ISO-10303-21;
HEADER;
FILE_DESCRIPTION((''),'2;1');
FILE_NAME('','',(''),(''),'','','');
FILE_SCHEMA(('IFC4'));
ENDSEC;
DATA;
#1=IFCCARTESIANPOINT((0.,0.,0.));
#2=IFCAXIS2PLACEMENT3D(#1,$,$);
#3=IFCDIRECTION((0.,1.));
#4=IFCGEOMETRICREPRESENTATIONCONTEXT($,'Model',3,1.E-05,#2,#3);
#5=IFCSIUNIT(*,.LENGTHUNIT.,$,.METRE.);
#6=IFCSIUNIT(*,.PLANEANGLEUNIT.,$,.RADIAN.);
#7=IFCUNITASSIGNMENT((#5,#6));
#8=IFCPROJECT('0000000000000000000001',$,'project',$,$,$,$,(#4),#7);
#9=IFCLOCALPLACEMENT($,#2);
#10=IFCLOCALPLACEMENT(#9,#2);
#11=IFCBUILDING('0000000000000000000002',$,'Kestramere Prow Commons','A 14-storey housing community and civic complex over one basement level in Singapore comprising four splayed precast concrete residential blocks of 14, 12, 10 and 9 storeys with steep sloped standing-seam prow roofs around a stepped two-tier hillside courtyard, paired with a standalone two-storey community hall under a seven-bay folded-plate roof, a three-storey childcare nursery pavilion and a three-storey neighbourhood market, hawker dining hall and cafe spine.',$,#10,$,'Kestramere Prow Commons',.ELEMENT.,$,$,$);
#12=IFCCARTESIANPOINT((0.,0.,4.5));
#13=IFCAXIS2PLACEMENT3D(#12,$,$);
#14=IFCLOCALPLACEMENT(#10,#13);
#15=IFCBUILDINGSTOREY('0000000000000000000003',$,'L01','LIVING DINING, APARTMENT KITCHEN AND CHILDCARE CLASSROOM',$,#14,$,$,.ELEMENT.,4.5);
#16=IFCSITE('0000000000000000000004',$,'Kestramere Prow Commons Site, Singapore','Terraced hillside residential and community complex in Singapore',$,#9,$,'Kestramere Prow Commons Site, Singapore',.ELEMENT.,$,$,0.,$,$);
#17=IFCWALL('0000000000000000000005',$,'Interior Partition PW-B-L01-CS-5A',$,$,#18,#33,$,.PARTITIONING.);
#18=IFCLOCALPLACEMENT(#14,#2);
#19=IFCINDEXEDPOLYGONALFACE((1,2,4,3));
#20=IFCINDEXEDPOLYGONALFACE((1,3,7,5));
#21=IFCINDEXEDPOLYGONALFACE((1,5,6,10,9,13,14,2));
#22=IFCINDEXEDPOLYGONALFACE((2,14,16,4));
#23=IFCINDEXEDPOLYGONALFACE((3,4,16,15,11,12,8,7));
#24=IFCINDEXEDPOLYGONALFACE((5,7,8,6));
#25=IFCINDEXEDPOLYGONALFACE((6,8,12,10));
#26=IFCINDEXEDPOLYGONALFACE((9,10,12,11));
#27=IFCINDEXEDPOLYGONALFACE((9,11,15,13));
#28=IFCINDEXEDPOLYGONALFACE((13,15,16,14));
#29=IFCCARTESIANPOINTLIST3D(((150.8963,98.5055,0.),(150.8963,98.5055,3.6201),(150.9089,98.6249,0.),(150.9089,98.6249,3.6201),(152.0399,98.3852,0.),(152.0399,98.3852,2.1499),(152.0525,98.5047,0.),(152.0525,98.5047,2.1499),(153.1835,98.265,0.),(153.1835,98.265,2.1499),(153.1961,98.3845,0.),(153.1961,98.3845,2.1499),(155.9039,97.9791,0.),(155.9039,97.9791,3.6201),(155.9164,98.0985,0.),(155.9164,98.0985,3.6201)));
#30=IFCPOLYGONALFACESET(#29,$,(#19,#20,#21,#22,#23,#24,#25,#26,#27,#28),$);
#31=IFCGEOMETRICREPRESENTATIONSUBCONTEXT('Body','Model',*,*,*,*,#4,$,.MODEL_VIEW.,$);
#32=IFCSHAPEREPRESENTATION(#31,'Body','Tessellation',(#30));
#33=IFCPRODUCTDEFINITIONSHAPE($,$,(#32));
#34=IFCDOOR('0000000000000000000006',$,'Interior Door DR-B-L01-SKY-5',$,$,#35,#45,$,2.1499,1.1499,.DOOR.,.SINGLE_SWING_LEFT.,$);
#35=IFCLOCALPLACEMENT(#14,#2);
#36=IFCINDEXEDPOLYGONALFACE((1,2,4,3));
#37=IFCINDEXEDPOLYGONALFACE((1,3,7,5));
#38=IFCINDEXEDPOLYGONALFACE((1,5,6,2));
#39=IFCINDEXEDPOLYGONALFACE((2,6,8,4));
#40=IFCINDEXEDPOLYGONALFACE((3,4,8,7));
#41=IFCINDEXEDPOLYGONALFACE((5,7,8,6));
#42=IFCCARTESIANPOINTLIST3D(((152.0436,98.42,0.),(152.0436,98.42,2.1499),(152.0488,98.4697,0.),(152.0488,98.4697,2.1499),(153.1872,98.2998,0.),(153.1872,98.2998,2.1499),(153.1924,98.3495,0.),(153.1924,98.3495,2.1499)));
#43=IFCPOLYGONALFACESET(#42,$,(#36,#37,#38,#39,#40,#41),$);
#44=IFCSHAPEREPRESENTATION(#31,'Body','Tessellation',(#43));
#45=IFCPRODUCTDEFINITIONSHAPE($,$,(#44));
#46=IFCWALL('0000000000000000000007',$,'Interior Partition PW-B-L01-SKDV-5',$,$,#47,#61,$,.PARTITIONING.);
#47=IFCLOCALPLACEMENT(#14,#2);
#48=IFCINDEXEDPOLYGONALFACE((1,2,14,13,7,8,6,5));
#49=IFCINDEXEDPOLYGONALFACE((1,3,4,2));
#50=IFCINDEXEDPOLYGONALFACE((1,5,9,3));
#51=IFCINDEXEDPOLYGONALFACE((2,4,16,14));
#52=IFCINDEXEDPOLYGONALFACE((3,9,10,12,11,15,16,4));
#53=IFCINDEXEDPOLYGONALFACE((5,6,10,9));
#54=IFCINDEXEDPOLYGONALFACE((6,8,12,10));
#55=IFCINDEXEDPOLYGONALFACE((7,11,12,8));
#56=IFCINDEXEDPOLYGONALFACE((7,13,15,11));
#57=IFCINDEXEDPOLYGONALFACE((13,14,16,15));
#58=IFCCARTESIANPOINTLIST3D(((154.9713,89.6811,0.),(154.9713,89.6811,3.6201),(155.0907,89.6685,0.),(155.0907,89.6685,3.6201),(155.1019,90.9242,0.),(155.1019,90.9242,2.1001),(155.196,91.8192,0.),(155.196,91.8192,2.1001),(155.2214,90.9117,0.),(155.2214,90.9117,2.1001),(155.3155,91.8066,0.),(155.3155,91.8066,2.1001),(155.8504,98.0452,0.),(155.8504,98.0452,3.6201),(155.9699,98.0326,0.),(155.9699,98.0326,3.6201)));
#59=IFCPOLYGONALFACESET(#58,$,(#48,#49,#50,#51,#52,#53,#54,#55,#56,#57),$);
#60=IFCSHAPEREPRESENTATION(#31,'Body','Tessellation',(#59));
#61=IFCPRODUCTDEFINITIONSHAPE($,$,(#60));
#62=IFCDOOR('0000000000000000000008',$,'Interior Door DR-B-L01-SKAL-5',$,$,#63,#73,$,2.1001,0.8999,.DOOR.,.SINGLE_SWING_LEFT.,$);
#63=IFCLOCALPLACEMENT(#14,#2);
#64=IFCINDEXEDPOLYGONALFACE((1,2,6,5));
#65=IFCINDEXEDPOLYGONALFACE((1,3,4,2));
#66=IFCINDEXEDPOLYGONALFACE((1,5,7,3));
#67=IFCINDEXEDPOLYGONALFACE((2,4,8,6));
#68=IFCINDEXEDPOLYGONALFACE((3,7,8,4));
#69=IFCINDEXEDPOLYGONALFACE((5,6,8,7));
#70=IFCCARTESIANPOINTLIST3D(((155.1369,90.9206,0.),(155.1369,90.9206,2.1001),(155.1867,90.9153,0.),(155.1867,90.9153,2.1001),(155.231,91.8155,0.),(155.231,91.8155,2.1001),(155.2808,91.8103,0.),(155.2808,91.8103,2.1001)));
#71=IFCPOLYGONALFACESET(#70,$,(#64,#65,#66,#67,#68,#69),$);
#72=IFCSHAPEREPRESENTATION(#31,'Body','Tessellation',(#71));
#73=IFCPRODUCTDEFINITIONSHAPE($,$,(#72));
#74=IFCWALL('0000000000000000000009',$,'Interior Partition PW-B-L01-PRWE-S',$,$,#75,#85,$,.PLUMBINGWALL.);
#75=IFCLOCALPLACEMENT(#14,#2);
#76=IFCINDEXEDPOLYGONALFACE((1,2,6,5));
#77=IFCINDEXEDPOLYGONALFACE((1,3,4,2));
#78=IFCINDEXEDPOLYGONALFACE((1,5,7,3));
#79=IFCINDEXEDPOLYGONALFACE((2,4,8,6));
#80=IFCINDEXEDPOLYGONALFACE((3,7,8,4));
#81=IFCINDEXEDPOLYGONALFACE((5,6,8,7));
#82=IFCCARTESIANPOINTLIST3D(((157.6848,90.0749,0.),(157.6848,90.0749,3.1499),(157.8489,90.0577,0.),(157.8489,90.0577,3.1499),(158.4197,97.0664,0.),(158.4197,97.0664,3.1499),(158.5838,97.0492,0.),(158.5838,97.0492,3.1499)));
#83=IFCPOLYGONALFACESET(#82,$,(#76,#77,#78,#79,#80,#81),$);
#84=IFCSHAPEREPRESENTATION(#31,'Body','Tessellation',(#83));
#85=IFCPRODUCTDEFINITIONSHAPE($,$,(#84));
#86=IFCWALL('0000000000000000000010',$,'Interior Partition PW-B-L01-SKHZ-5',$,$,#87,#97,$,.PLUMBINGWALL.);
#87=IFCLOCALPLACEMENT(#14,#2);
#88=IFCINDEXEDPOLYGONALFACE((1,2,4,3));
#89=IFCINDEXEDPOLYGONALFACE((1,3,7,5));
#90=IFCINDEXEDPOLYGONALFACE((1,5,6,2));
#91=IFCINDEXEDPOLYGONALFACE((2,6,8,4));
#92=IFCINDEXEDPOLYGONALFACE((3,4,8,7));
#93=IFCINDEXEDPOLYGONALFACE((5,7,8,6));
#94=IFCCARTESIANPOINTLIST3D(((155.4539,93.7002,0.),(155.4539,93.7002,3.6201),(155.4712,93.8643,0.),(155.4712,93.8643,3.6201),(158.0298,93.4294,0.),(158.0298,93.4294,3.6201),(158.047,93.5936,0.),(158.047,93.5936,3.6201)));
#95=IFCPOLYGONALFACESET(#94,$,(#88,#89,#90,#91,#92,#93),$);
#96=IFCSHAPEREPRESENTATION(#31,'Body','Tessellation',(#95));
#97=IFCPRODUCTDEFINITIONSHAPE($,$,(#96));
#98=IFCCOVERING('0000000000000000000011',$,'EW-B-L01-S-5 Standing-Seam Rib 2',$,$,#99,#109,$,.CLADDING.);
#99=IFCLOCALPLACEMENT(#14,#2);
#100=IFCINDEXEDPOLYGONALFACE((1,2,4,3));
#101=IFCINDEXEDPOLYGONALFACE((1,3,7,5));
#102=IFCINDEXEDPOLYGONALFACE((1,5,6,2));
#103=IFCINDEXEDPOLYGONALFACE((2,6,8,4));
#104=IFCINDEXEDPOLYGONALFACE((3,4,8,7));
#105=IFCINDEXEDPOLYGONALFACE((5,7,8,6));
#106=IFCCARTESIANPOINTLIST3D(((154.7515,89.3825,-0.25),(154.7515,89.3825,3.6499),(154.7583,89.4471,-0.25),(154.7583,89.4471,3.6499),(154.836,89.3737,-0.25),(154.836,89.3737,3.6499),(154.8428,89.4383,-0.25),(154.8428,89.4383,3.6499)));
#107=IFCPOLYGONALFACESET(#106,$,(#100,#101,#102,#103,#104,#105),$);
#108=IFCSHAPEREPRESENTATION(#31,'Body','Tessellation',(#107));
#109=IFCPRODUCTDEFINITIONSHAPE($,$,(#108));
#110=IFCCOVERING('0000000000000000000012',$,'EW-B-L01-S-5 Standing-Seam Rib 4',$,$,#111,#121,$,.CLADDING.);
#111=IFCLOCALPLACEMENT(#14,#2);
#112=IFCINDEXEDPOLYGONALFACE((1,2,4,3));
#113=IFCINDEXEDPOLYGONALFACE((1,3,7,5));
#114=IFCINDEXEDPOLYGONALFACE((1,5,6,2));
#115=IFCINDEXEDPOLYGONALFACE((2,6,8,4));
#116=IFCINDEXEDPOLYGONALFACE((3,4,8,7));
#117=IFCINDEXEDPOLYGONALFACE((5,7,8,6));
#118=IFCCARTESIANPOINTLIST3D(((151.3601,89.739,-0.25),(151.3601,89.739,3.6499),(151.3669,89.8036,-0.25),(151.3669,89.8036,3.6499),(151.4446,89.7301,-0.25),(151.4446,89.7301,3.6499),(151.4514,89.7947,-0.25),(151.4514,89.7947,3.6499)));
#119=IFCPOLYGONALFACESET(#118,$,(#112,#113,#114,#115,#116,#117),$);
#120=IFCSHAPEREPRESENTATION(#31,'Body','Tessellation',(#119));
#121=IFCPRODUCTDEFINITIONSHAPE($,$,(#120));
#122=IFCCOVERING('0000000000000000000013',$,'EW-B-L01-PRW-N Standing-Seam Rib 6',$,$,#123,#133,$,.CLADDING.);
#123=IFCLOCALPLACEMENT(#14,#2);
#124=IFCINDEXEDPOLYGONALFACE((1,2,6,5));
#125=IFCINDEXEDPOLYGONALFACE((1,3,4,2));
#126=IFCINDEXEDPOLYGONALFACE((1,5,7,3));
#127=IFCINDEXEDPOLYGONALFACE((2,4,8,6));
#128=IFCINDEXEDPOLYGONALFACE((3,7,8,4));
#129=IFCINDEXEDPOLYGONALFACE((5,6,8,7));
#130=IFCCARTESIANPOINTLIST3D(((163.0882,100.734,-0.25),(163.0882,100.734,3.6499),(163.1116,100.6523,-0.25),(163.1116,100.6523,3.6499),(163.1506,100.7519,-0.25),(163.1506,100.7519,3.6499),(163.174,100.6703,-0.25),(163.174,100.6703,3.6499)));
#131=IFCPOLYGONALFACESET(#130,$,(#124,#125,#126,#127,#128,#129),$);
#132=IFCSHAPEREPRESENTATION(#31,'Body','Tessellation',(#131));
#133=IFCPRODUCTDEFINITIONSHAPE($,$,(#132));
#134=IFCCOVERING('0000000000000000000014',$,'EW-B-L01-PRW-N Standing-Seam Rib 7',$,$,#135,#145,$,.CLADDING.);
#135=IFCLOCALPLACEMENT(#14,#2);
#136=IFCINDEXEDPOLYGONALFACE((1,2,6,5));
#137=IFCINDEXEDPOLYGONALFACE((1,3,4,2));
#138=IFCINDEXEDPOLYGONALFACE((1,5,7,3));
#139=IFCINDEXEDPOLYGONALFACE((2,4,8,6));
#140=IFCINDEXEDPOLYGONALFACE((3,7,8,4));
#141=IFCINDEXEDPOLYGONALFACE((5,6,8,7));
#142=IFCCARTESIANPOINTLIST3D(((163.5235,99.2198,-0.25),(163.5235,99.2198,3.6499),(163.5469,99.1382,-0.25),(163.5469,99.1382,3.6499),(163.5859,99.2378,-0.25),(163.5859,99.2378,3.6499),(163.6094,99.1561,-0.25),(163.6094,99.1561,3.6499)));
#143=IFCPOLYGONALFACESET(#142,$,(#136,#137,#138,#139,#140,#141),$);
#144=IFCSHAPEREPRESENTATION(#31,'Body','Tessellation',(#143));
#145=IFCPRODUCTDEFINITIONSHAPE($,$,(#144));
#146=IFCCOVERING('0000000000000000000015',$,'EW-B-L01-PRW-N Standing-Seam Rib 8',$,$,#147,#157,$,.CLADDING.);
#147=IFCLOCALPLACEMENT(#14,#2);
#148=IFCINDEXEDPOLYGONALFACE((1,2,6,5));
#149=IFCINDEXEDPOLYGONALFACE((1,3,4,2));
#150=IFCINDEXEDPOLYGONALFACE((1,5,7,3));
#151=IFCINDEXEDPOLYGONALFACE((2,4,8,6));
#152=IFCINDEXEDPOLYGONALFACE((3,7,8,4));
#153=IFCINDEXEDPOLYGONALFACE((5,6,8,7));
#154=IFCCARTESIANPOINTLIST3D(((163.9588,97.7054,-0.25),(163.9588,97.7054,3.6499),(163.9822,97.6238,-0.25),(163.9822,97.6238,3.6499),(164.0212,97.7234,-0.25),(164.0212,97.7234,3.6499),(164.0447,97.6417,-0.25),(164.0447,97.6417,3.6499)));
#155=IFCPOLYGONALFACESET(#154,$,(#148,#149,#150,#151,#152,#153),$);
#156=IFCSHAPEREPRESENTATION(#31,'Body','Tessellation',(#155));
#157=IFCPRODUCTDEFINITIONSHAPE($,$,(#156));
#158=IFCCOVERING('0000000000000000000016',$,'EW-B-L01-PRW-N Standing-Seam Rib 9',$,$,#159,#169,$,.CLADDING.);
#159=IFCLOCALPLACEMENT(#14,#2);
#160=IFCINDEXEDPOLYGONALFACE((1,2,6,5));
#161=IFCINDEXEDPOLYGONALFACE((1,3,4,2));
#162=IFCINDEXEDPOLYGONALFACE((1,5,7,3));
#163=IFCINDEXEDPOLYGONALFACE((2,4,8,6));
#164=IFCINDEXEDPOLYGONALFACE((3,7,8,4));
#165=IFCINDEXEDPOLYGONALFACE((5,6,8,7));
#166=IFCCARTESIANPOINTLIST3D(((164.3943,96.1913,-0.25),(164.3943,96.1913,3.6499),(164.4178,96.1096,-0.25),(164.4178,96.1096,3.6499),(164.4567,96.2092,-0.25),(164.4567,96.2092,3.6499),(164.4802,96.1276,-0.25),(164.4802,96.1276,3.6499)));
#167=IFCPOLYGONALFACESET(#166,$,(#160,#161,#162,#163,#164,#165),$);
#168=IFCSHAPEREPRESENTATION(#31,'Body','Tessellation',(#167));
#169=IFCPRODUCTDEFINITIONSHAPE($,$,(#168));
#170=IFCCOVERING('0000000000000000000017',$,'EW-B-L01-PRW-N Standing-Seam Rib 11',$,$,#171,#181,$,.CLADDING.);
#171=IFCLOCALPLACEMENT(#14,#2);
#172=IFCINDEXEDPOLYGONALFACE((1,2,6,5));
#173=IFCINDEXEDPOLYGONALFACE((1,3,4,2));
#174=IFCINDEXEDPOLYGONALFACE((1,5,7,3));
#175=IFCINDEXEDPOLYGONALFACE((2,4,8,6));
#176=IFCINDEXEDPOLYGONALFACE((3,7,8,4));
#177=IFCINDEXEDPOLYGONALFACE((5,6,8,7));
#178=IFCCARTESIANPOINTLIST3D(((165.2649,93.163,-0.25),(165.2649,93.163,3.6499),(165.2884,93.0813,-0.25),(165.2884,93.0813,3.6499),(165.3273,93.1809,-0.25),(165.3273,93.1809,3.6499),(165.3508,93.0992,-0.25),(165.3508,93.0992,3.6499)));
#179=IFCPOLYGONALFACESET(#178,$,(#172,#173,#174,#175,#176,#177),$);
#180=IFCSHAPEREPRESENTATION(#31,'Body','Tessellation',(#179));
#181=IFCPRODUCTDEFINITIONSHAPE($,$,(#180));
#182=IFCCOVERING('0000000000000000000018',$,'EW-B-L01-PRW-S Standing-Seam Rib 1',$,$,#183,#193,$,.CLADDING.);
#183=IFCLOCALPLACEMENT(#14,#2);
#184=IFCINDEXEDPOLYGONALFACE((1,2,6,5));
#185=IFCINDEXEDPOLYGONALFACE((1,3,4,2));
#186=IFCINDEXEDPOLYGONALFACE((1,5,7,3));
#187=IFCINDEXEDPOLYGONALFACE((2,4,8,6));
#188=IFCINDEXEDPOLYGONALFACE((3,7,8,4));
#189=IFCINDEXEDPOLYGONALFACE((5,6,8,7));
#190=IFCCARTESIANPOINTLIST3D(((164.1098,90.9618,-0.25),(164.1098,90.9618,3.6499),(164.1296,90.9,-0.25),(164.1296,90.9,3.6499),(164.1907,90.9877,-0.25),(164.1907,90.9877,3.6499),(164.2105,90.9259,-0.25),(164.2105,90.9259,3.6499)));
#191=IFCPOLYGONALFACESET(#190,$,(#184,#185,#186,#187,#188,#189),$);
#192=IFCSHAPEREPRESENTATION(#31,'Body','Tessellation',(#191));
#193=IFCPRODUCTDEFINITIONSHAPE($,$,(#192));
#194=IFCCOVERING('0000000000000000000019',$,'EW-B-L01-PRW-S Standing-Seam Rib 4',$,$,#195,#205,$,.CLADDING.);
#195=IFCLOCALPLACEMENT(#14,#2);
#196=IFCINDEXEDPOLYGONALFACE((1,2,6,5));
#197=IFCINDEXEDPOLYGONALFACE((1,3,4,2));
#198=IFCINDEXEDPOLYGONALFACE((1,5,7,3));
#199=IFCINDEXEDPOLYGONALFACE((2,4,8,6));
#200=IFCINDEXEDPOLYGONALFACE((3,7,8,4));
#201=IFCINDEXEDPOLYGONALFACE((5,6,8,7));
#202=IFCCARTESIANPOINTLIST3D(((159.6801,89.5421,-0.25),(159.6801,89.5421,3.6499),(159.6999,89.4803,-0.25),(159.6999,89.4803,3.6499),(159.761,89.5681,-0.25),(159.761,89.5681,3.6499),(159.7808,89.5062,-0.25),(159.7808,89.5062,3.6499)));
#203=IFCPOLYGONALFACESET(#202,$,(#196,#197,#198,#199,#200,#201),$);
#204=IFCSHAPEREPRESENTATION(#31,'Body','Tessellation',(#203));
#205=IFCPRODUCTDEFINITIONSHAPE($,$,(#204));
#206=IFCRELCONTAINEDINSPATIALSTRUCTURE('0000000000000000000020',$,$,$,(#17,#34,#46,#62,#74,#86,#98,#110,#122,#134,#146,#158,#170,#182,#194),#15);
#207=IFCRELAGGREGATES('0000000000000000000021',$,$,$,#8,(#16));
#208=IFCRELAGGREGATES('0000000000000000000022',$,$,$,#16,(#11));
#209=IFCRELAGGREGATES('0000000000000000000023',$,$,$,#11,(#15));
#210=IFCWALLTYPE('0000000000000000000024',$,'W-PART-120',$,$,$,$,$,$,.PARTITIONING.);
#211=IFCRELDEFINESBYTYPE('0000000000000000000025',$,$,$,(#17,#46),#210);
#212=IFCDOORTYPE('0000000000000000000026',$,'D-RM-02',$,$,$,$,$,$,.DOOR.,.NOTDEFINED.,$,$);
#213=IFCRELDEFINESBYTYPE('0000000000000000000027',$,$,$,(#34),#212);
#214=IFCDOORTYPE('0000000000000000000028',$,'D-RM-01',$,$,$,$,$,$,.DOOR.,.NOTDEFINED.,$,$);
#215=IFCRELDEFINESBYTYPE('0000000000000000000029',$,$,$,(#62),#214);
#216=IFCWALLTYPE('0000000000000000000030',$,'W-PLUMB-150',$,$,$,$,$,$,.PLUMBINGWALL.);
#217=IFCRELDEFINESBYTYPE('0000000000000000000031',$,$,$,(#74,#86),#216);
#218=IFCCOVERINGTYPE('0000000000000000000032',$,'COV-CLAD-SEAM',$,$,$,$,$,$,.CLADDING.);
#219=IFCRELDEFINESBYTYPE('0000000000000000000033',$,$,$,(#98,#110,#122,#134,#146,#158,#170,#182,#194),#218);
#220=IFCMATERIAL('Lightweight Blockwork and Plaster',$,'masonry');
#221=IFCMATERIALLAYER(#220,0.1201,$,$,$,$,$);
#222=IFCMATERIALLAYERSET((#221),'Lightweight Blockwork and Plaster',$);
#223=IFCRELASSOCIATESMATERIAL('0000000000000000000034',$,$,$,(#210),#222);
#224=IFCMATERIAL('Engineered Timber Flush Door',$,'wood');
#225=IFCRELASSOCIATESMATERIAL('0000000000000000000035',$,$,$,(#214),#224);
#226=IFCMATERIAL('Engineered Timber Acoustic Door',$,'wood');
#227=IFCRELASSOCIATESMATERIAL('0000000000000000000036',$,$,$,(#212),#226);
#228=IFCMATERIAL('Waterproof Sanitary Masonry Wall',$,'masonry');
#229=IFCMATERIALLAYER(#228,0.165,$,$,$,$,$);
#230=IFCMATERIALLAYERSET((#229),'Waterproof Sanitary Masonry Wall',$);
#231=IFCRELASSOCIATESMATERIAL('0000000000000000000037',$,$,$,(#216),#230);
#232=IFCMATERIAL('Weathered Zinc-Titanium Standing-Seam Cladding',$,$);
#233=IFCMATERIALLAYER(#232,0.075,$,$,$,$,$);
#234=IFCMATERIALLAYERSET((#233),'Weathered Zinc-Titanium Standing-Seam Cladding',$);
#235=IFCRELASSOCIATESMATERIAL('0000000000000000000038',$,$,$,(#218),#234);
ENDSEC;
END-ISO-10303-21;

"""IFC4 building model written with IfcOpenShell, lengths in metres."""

from ifc_helpers import new_model, si_unit, direction, frame, frame_2d, origin, origin_2d, place, context, subcontext, project, spatial, rectangle, extrude, material, layer, layer_set, type_object, element, fill, save


model = new_model("IFC4")

# Units and contexts
model_context = context("Model", 3, precision=1e-05, world=origin(), true_north=direction((0.0, 1.0)))
body_context = subcontext(model_context, "Body", "Model", "MODEL_VIEW")
ifc_project = project(units=[si_unit("LENGTHUNIT", "METRE"), si_unit("PLANEANGLEUNIT", "RADIAN")], contexts=[model_context])

# Site, building, storey
site_placement = place(None, origin())
site = spatial("IfcSite", under=ifc_project, at=site_placement, Name="Kestramere Prow Commons Site, Singapore", Description="Terraced hillside residential and community complex in Singapore", LongName="Kestramere Prow Commons Site, Singapore", CompositionType="ELEMENT", RefElevation=0.0)
building_placement = place(site_placement, origin())
building = spatial("IfcBuilding", under=site, at=building_placement, Name="Kestramere Prow Commons", Description="A 14-storey housing community and civic complex over one basement level in Singapore comprising four splayed precast concrete residential blocks of 14, 12, 10 and 9 storeys with steep sloped standing-seam prow roofs around a stepped two-tier hillside courtyard, paired with a standalone two-storey community hall under a seven-bay folded-plate roof, a three-storey childcare nursery pavilion and a three-storey neighbourhood market, hawker dining hall and cafe spine.", LongName="Kestramere Prow Commons", CompositionType="ELEMENT")
storey_placement = place(building_placement, frame((0.0, 0.0, 4.5)))
storey = spatial("IfcBuildingStorey", under=building, at=storey_placement, Name="L01", Description="LIVING DINING, APARTMENT KITCHEN AND CHILDCARE CLASSROOM", CompositionType="ELEMENT", Elevation=4.5)

# Shared definitions
ifc_material_1 = material(Name="Weathered Zinc-Titanium Standing-Seam Cladding")

# Walls, openings, doors
ifc_material_2 = material(Name="Lightweight Blockwork and Plaster", Category="masonry")
ifc_layer_1 = layer(ifc_material_2, 0.1201)
ifc_layer_set_1 = layer_set([ifc_layer_1], Name="Lightweight Blockwork and Plaster")
wall_type_1 = type_object("IfcWallType", Name="W-PART-120", PredefinedType="PARTITIONING", material=ifc_layer_set_1)
ifc_material_3 = material(Name="Engineered Timber Flush Door", Category="wood")
door_type_1 = type_object("IfcDoorType", Name="D-RM-01", OperationType="NOTDEFINED", PredefinedType="DOOR", material=ifc_material_3)
wall_1_placement = place(storey_placement, frame((150.9026, 98.5652, 0.0), z_axis=(0.0, 0.0, 1.0), x_axis=(0.994521, -0.104538, 0.0)))
wall_1 = element("IfcWall", 1, at=wall_1_placement, inside=storey, type_object=wall_type_1, Name="Interior Partition PW-B-L01-CS-5A", PredefinedType="PARTITIONING", context=body_context, shape_type="SweptSolid", body=[
    extrude(rectangle(XDim=5.0352, YDim=0.1201, at=frame_2d((2.5176, 0.0))), origin(), (0.0, 0.0, 1.0), 3.6201),
])
opening_1_placement = place(wall_1_placement, frame((1.1499, 0.0, 0.0)))
opening_1 = element("IfcOpeningElement", 2, at=opening_1_placement, cuts=wall_1, PredefinedType="OPENING", context=body_context, shape_type="SweptSolid", body=[
    extrude(rectangle(XDim=1.1499, YDim=2.1499, at=frame_2d((0.575, 1.075))), frame((0.0, 0.075, 0.0), z_axis=(0.0, -1.0, 0.0), x_axis=(1.0, 0.0, 0.0)), (0.0, 0.0, 1.0), 0.1501),
])
ifc_material_4 = material(Name="Engineered Timber Acoustic Door", Category="wood")
door_type_2 = type_object("IfcDoorType", Name="D-RM-02", OperationType="NOTDEFINED", PredefinedType="DOOR", material=ifc_material_4)
door_1_placement = place(opening_1_placement, origin())
door_1 = element("IfcDoor", 3, at=door_1_placement, inside=storey, type_object=door_type_2, Name="Interior Door DR-B-L01-SKY-5", OperationType="SINGLE_SWING_LEFT", OverallHeight=2.1499, OverallWidth=1.1499, PredefinedType="DOOR", context=body_context, shape_type="SweptSolid", body=[
    extrude(rectangle(XDim=1.1499, YDim=2.1499, at=frame_2d((0.575, 1.075))), frame((0.0, 0.0249, 0.0), z_axis=(0.0, -1.0, 0.0), x_axis=(1.0, 0.0, 0.0)), (0.0, 0.0, 1.0), 0.05),
])
fill(opening_1, door_1)
wall_2_placement = place(storey_placement, frame((155.031, 89.6748, 0.0), z_axis=(0.0, 0.0, 1.0), x_axis=(0.104535, 0.994521, 0.0)))
wall_2 = element("IfcWall", 4, at=wall_2_placement, inside=storey, type_object=wall_type_1, Name="Interior Partition PW-B-L01-SKDV-5", PredefinedType="PARTITIONING", context=body_context, shape_type="SweptSolid", body=[
    extrude(rectangle(XDim=8.4102, YDim=0.1201, at=frame_2d((4.2051, 0.0))), origin(), (0.0, 0.0, 1.0), 3.6201),
])
opening_2_placement = place(wall_2_placement, frame((1.25, 0.0, 0.0)))
opening_2 = element("IfcOpeningElement", 5, at=opening_2_placement, cuts=wall_2, PredefinedType="OPENING", context=body_context, shape_type="SweptSolid", body=[
    extrude(rectangle(XDim=0.8999, YDim=2.1001, at=frame_2d((0.45, 1.05))), frame((0.0, 0.075, 0.0), z_axis=(0.0, -1.0, 0.0), x_axis=(1.0, 0.0, 0.0)), (0.0, 0.0, 1.0), 0.1501),
])
door_2_placement = place(opening_2_placement, origin())
door_2 = element("IfcDoor", 6, at=door_2_placement, inside=storey, type_object=door_type_1, Name="Interior Door DR-B-L01-SKAL-5", OperationType="SINGLE_SWING_LEFT", OverallHeight=2.1001, OverallWidth=0.8999, PredefinedType="DOOR", context=body_context, shape_type="SweptSolid", body=[
    extrude(rectangle(XDim=0.8999, YDim=2.1001, at=frame_2d((0.45, 1.05))), frame((0.0, 0.0249, 0.0), z_axis=(0.0, -1.0, 0.0), x_axis=(1.0, 0.0, 0.0)), (0.0, 0.0, 1.0), 0.05),
])
fill(opening_2, door_2)

# Wall
ifc_material_5 = material(Name="Waterproof Sanitary Masonry Wall", Category="masonry")
ifc_layer_2 = layer(ifc_material_5, 0.165)
ifc_layer_set_2 = layer_set([ifc_layer_2], Name="Waterproof Sanitary Masonry Wall")
wall_type_2 = type_object("IfcWallType", Name="W-PLUMB-150", PredefinedType="PLUMBINGWALL", material=ifc_layer_set_2)
wall_3_placement = place(storey_placement, frame((157.7668, 90.0662, 0.0), z_axis=(0.0, 0.0, 1.0), x_axis=(0.104533, 0.994521, 0.0)))
element("IfcWall", 7, at=wall_3_placement, inside=storey, type_object=wall_type_2, Name="Interior Partition PW-B-L01-PRWE-S", PredefinedType="PLUMBINGWALL", context=body_context, shape_type="SweptSolid", body=[
    extrude(rectangle(XDim=7.03, YDim=0.165, at=frame_2d((3.5151, 0.0))), origin(), (0.0, 0.0, 1.0), 3.1499),
])

# Wall
wall_4_placement = place(storey_placement, frame((155.4626, 93.7822, 0.0), z_axis=(0.0, 0.0, 1.0), x_axis=(0.994521, -0.104533, 0.0)))
element("IfcWall", 8, at=wall_4_placement, inside=storey, type_object=wall_type_2, Name="Interior Partition PW-B-L01-SKHZ-5", PredefinedType="PLUMBINGWALL", context=body_context, shape_type="SweptSolid", body=[
    extrude(rectangle(XDim=2.5901, YDim=0.165, at=frame_2d((1.2949, 0.0))), origin(), (0.0, 0.0, 1.0), 3.6201),
])

# Coverings
ifc_layer_3 = layer(ifc_material_1, 0.075)
ifc_layer_set_3 = layer_set([ifc_layer_3], Name="Weathered Zinc-Titanium Standing-Seam Cladding")
covering_type = type_object("IfcCoveringType", Name="COV-CLAD-SEAM", PredefinedType="CLADDING", material=ifc_layer_set_3)
for number, where, z_axis, x_axis, name in (
    (9, (154.7971, 89.4104, -0.25), (0.0, 0.0, 1.0), (-0.994522, 0.104528, 0.0), "EW-B-L01-S-5 Standing-Seam Rib 2"),
    (10, (151.4058, 89.7668, -0.25), (0.0, 0.0, 1.0), (-0.994522, 0.104528, 0.0), "EW-B-L01-S-5 Standing-Seam Rib 4"),
    (11, (163.1311, 100.7021, -0.25), (0.0, 0.0, 1.0), (0.276318, -0.961066, 0.0), "EW-B-L01-PRW-N Standing-Seam Rib 6"),
    (12, (163.5664, 99.188, -0.25), (0.0, 0.0, 1.0), (0.276318, -0.961066, 0.0), "EW-B-L01-PRW-N Standing-Seam Rib 7"),
    (13, (164.0017, 97.6736, -0.25), (0.0, 0.0, 1.0), (0.276318, -0.961066, 0.0), "EW-B-L01-PRW-N Standing-Seam Rib 8"),
    (14, (164.4373, 96.1594, -0.25), (0.0, 0.0, 1.0), (0.276318, -0.961066, 0.0), "EW-B-L01-PRW-N Standing-Seam Rib 9"),
    (15, (165.3079, 93.1311, -0.25), (0.0, 0.0, 1.0), (0.276318, -0.961066, 0.0), "EW-B-L01-PRW-N Standing-Seam Rib 11"),
    (16, (164.1602, 90.9438, -0.25), (0.0, 0.0, 1.0), (-0.952283, -0.305215, 0.0), "EW-B-L01-PRW-S Standing-Seam Rib 1"),
    (17, (159.7305, 89.5242, -0.25), (0.0, 0.0, 1.0), (-0.952283, -0.305215, 0.0), "EW-B-L01-PRW-S Standing-Seam Rib 4"),
):
    element("IfcCovering", number, at=place(storey_placement, frame(where, z_axis=z_axis, x_axis=x_axis)), inside=storey, type_object=covering_type, Name=name, PredefinedType="CLADDING", context=body_context, shape_type="SweptSolid", body=[
        extrude(rectangle(XDim=0.085, YDim=0.0649, at=origin_2d()), origin(), (0.0, 0.0, 1.0), 3.8999),
    ])

save(model, "model.ifc")
